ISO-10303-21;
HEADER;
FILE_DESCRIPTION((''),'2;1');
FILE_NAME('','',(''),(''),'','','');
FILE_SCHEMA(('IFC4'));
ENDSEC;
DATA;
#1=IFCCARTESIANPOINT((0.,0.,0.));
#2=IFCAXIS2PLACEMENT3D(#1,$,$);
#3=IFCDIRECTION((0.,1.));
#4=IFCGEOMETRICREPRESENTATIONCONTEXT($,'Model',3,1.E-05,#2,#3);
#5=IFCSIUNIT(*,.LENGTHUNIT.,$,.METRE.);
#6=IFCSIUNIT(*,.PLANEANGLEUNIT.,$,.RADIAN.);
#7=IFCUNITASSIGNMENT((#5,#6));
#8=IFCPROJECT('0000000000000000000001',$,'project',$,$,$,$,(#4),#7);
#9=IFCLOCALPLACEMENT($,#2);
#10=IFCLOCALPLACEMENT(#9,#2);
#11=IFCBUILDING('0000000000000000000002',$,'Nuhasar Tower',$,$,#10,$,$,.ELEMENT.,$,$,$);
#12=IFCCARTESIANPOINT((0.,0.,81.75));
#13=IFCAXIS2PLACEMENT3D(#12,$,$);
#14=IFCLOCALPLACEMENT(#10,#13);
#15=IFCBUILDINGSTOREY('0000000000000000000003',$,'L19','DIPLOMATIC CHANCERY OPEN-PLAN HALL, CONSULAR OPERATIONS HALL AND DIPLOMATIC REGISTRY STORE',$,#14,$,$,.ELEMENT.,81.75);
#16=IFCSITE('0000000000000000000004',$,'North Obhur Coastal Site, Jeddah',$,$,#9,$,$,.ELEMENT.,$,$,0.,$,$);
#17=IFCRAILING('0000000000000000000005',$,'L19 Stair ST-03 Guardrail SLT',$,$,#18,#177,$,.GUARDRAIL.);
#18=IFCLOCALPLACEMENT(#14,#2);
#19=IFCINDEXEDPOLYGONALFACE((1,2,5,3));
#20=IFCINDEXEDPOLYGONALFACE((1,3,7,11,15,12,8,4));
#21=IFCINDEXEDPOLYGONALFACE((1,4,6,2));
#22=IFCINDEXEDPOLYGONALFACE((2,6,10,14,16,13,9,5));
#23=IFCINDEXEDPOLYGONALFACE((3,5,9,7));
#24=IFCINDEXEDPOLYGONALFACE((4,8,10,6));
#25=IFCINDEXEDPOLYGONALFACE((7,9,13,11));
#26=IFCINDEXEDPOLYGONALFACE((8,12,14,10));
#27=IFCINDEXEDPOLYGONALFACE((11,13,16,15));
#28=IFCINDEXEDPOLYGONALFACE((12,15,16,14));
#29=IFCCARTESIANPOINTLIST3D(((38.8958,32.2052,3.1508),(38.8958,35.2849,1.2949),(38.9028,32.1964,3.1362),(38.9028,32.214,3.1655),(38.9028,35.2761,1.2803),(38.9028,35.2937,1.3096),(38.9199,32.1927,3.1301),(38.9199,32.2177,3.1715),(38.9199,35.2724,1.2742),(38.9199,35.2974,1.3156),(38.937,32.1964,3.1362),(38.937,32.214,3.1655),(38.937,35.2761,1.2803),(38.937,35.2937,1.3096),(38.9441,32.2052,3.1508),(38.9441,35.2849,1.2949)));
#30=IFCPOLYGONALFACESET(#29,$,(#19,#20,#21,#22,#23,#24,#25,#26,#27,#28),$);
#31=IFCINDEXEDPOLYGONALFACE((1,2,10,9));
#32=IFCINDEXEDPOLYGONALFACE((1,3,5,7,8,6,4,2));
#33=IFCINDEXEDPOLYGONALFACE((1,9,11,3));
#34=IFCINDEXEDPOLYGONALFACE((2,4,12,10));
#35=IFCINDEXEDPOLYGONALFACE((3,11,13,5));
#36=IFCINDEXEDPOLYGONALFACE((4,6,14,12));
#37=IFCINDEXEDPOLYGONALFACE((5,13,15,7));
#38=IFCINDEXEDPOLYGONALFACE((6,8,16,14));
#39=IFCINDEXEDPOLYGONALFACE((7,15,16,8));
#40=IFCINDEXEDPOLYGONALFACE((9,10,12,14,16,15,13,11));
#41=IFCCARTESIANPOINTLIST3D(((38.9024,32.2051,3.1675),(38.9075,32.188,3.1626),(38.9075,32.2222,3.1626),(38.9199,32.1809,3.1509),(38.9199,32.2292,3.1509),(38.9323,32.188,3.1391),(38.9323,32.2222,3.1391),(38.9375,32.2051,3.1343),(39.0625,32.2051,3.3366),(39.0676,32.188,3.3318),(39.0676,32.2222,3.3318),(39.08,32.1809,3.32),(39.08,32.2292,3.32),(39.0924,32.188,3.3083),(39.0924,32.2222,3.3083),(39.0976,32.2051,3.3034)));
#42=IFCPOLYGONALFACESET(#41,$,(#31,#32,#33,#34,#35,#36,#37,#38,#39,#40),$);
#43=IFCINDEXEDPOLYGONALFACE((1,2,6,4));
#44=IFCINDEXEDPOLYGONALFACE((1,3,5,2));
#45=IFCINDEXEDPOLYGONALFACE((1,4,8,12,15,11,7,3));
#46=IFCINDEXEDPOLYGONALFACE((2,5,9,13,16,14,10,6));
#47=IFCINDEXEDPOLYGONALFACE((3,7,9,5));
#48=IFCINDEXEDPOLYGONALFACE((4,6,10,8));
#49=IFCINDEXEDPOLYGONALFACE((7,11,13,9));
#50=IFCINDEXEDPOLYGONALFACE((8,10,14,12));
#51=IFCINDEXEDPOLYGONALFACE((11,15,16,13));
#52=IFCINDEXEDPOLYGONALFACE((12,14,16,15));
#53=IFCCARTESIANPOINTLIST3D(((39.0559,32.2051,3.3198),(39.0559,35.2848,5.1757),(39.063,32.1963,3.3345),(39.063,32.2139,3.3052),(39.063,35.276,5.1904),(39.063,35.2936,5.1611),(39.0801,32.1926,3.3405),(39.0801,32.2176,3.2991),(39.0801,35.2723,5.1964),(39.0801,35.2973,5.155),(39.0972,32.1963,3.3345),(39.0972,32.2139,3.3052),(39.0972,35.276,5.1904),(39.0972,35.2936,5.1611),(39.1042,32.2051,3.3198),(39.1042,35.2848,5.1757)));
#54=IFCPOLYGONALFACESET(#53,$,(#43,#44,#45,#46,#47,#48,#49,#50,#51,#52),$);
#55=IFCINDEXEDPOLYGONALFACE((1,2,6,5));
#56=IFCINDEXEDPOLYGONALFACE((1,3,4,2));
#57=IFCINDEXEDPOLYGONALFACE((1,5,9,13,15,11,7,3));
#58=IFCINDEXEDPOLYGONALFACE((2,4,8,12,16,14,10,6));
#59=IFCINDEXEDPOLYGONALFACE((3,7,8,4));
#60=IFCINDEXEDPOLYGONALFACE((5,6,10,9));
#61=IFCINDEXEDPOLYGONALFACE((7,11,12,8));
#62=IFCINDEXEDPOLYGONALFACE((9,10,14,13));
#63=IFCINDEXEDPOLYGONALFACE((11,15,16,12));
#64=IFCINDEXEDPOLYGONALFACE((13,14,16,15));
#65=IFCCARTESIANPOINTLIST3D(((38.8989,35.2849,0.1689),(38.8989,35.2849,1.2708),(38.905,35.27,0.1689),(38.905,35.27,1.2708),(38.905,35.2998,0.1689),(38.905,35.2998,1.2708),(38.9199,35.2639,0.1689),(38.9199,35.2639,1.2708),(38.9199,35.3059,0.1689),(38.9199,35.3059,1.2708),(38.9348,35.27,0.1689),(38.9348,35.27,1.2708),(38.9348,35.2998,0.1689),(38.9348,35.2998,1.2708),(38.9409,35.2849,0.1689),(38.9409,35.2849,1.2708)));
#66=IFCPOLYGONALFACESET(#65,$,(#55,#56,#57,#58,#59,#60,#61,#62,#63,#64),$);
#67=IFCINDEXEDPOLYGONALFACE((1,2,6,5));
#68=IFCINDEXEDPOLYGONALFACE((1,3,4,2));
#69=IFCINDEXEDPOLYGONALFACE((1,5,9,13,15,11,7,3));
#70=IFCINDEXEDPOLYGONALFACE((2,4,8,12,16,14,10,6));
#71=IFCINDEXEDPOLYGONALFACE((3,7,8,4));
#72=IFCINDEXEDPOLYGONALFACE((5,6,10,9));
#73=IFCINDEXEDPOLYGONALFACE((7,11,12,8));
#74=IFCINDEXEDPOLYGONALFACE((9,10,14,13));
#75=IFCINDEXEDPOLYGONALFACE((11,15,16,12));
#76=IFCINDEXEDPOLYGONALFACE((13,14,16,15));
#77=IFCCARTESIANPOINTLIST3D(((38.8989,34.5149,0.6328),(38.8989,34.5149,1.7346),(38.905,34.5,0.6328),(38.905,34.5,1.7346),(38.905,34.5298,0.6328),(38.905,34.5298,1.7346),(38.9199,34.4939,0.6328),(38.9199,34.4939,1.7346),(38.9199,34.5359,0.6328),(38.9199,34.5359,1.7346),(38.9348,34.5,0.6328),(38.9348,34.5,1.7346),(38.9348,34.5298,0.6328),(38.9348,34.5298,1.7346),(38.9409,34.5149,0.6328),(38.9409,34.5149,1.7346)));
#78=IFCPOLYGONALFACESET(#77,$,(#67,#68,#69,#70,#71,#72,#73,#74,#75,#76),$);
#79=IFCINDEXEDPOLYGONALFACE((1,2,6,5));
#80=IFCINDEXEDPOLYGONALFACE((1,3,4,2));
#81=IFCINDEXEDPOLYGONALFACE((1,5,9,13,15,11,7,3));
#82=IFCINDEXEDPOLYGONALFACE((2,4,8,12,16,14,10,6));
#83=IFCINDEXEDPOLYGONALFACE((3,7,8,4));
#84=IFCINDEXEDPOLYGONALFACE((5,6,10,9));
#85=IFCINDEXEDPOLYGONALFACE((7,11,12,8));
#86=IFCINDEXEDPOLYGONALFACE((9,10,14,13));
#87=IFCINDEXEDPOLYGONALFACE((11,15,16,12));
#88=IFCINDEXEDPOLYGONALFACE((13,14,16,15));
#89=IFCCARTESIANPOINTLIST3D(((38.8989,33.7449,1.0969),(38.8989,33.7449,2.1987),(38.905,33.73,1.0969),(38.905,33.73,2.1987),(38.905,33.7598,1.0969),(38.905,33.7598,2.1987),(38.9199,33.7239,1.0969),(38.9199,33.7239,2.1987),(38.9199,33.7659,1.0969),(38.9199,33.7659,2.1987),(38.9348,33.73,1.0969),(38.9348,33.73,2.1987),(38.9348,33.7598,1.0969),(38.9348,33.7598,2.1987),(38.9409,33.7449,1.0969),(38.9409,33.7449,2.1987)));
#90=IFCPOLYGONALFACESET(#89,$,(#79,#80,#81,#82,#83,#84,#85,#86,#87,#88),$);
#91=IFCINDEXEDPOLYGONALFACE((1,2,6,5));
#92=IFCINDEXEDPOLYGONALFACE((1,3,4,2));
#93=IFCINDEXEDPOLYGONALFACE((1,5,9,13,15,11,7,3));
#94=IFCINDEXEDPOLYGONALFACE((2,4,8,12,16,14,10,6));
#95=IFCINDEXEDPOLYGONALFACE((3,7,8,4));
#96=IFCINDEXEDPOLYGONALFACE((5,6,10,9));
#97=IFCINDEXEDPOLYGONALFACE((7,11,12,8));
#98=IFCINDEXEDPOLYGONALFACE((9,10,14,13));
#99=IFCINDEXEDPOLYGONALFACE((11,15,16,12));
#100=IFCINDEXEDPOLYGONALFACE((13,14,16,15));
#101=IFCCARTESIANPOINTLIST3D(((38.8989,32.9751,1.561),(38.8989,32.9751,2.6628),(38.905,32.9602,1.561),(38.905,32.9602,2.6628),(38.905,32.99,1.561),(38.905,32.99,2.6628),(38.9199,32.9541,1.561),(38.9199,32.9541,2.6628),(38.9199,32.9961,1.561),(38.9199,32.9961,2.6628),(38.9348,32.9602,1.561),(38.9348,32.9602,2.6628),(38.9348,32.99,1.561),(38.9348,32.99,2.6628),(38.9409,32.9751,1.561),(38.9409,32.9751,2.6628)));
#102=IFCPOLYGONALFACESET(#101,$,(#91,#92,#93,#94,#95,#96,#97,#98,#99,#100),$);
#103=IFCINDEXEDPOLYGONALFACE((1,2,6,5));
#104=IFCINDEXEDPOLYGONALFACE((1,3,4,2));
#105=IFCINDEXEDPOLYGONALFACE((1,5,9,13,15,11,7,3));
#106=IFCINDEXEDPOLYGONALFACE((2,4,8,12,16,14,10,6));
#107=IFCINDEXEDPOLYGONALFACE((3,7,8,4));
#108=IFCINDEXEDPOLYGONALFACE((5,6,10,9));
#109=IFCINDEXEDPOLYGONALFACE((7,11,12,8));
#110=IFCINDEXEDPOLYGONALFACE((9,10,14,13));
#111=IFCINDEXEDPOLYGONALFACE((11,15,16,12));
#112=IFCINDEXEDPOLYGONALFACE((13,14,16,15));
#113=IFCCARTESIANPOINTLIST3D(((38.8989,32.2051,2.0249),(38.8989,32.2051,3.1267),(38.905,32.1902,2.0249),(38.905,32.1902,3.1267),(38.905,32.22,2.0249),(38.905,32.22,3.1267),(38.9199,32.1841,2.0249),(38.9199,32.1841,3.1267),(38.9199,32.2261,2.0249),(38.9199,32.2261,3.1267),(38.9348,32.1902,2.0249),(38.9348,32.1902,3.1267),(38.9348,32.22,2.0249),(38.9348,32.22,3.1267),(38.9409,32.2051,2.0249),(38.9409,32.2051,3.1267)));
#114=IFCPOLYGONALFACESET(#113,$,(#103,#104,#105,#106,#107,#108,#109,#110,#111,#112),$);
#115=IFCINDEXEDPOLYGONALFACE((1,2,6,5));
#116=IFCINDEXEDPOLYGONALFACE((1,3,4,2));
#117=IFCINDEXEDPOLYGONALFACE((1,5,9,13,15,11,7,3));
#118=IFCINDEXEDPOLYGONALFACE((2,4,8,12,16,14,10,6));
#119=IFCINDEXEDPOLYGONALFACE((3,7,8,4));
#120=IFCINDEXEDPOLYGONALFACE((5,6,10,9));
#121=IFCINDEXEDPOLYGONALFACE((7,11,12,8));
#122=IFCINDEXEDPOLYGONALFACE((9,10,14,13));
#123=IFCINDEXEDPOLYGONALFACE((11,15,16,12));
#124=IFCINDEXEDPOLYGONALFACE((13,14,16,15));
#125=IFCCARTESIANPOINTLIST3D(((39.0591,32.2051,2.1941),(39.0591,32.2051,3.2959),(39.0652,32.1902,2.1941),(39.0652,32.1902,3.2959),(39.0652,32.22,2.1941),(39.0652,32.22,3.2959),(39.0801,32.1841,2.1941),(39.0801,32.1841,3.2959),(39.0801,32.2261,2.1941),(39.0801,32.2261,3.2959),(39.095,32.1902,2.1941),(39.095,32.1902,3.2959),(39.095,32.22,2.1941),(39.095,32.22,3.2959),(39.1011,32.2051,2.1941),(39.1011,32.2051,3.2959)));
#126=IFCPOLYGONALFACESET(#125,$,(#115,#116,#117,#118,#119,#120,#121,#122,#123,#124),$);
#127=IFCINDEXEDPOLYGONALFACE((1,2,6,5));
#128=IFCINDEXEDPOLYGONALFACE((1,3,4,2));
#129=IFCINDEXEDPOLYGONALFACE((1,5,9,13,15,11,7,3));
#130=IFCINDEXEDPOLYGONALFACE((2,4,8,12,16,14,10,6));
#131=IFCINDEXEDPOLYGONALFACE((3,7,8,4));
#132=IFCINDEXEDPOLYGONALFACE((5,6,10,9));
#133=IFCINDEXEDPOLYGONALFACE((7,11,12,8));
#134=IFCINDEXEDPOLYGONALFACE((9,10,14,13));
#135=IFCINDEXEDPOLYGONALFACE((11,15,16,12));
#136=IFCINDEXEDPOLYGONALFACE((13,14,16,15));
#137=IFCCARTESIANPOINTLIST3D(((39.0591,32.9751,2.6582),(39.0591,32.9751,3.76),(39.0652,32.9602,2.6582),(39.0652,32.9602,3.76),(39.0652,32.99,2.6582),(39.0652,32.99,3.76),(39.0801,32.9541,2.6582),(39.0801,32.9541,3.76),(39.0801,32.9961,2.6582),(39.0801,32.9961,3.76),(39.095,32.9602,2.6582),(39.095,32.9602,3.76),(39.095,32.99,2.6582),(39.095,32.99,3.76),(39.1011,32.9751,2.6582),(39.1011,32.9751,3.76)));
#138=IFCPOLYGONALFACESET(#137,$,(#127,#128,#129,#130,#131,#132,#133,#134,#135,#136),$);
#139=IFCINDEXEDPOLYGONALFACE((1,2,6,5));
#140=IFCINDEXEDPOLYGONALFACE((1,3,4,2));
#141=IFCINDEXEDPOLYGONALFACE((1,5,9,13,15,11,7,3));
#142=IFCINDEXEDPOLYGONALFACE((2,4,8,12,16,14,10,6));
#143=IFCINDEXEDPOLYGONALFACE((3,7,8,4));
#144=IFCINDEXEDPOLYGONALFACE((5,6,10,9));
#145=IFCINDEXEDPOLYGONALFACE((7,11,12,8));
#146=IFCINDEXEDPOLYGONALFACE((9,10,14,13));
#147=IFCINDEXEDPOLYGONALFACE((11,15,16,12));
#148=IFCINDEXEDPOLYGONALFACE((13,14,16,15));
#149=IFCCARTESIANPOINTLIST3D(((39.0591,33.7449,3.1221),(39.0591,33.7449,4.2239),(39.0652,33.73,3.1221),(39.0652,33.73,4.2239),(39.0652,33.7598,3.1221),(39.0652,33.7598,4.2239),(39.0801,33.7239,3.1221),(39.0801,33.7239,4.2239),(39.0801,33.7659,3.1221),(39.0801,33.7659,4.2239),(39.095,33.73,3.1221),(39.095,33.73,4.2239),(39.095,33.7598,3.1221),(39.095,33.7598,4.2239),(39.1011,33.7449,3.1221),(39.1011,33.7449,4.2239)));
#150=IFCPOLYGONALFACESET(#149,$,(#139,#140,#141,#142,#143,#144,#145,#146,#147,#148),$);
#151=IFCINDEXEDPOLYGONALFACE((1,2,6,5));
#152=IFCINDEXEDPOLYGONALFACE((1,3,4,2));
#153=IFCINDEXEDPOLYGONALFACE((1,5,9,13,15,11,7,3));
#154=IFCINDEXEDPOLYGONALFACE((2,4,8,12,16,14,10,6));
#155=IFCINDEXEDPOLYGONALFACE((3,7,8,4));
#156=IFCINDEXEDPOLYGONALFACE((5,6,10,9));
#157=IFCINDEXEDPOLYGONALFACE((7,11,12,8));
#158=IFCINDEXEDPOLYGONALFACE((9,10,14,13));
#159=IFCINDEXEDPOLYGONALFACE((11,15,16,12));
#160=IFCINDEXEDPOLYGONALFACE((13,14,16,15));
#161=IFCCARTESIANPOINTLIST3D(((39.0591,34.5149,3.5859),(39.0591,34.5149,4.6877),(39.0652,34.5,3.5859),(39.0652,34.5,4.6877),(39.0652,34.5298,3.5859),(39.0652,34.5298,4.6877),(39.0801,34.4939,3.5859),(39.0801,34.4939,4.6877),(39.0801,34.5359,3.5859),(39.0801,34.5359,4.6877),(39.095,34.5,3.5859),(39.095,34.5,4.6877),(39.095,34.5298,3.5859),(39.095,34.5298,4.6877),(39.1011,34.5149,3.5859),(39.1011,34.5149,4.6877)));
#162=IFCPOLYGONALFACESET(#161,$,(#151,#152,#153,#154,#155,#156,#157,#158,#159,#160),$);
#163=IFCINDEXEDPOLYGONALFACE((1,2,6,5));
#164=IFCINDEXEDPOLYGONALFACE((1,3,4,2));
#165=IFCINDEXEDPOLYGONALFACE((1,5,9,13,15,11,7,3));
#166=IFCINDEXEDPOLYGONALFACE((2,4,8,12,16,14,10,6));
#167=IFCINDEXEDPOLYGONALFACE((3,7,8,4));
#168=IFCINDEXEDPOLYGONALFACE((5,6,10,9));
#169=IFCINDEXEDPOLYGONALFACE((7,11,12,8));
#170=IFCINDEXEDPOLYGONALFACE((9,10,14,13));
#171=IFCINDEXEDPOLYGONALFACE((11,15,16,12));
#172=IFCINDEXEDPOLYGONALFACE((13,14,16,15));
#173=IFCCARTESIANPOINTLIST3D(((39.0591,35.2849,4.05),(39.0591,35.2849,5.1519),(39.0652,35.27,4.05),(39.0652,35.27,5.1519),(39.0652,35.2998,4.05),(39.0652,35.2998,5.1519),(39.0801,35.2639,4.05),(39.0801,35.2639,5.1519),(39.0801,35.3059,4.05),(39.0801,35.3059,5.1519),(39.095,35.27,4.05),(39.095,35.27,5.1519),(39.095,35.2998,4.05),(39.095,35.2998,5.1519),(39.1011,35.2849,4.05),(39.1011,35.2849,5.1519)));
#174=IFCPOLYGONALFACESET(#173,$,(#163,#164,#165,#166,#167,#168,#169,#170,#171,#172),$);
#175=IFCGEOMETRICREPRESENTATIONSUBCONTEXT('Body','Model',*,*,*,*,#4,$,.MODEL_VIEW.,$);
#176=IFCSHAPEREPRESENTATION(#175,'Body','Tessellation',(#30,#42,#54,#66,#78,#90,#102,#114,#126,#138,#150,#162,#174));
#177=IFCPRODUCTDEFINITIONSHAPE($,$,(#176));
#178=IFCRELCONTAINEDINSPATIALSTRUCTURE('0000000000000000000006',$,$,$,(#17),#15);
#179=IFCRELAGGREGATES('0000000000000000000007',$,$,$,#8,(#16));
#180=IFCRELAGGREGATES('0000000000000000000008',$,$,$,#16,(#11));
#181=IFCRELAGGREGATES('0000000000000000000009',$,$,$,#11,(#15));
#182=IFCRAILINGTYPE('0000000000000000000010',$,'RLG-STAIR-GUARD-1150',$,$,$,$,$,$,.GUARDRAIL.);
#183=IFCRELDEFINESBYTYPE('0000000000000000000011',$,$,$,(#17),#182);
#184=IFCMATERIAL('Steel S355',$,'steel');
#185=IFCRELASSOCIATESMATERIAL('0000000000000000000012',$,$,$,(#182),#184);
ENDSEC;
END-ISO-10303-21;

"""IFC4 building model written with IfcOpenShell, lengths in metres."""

from ifc_helpers import new_model, si_unit, direction, frame, origin, place, context, subcontext, project, spatial, polyline, outline, extrude, material, type_object, element, save


model = new_model("IFC4")

# Units and contexts
model_context = context("Model", 3, precision=1e-05, world=origin(), true_north=direction((0.0, 1.0)))
body_context = subcontext(model_context, "Body", "Model", "MODEL_VIEW")
ifc_project = project(units=[si_unit("LENGTHUNIT", "METRE"), si_unit("PLANEANGLEUNIT", "RADIAN")], contexts=[model_context])

# Site, building, storey
site_placement = place(None, origin())
site = spatial("IfcSite", under=ifc_project, at=site_placement, Name="North Obhur Coastal Site, Jeddah", CompositionType="ELEMENT", RefElevation=0.0)
building_placement = place(site_placement, origin())
building = spatial("IfcBuilding", under=site, at=building_placement, Name="Nuhasar Tower", CompositionType="ELEMENT")
storey_placement = place(building_placement, frame((0.0, 0.0, 81.75)))
storey = spatial("IfcBuildingStorey", under=building, at=storey_placement, Name="L19", Description="DIPLOMATIC CHANCERY OPEN-PLAN HALL, CONSULAR OPERATIONS HALL AND DIPLOMATIC REGISTRY STORE", CompositionType="ELEMENT", Elevation=81.75)

# Shared definitions
ifc_material_1 = material(Name="Steel S355", Category="steel")

# Railing
railing_type_1 = type_object("IfcRailingType", Name="RLG-STAIR-GUARD-1150", PredefinedType="GUARDRAIL", material=ifc_material_1)
railing_1_placement = place(storey_placement, frame((38.9199, 35.2849, 0.1689)))
element("IfcRailing", 1, at=railing_1_placement, inside=storey, type_object=railing_type_1, Name="L19 Stair ST-03 Guardrail SLT", PredefinedType="GUARDRAIL", context=body_context, shape_type="SweptSolid", body=[
    extrude(outline(polyline([(0.0242, 0.0), (0.0171, 0.0171), (0.0, 0.0242), (-0.0171, 0.0171), (-0.0242, 0.0), (-0.0171, -0.0171), (0.0, -0.0242), (0.0171, -0.0171), (0.0242, 0.0)])), frame((0.0, 0.0, 1.126), z_axis=(0.0, -0.856503, 0.516142), x_axis=(1.0, 0.0, 0.0)), (0.0, 0.0, 1.0), 3.5957),
    extrude(outline(polyline([(0.0242, 0.0), (0.0171, 0.0171), (0.0, 0.0242), (-0.0171, 0.0171), (-0.0242, 0.0), (-0.0171, -0.0171), (0.0, -0.0242), (0.0171, -0.0171), (0.0242, 0.0)])), frame((0.0, -3.0798, 2.9819), z_axis=(0.687454, 0.0, 0.726228), x_axis=(0.0, 1.0, 0.0)), (0.0, 0.0, 1.0), 0.2329),
    extrude(outline(polyline([(0.0242, 0.0), (0.0171, 0.0171), (0.0, 0.0242), (-0.0171, 0.0171), (-0.0242, 0.0), (-0.0171, -0.0171), (0.0, -0.0242), (0.0171, -0.0171), (0.0242, 0.0)])), frame((0.1602, -3.0798, 3.1509), z_axis=(0.0, 0.856503, 0.516142), x_axis=(-1.0, 0.0, 0.0)), (0.0, 0.0, 1.0), 3.5957),
    extrude(outline(polyline([(0.021, 0.0), (0.0149, 0.0149), (0.0, 0.021), (-0.0149, 0.0149), (-0.021, 0.0), (-0.0149, -0.0149), (0.0, -0.021), (0.0149, -0.0149), (0.021, 0.0)])), origin(), (0.0, 0.0, 1.0), 1.1018),
    extrude(outline(polyline([(0.021, 0.0), (0.0149, 0.0149), (0.0, 0.021), (-0.0149, 0.0149), (-0.021, 0.0), (-0.0149, -0.0149), (0.0, -0.021), (0.0149, -0.0149), (0.021, 0.0)])), frame((0.0, -0.77, 0.4639)), (0.0, 0.0, 1.0), 1.1018),
    extrude(outline(polyline([(0.021, 0.0), (0.0149, 0.0149), (0.0, 0.021), (-0.0149, 0.0149), (-0.021, 0.0), (-0.0149, -0.0149), (0.0, -0.021), (0.0149, -0.0149), (0.021, 0.0)])), frame((0.0, -1.54, 0.928)), (0.0, 0.0, 1.0), 1.1018),
    extrude(outline(polyline([(0.021, 0.0), (0.0149, 0.0149), (0.0, 0.021), (-0.0149, 0.0149), (-0.021, 0.0), (-0.0149, -0.0149), (0.0, -0.021), (0.0149, -0.0149), (0.021, 0.0)])), frame((0.0, -2.3098, 1.3921)), (0.0, 0.0, 1.0), 1.1018),
    extrude(outline(polyline([(0.021, 0.0), (0.0149, 0.0149), (0.0, 0.021), (-0.0149, 0.0149), (-0.021, 0.0), (-0.0149, -0.0149), (0.0, -0.021), (0.0149, -0.0149), (0.021, 0.0)])), frame((0.0, -3.0798, 1.856)), (0.0, 0.0, 1.0), 1.1018),
    extrude(outline(polyline([(0.021, 0.0), (0.0149, 0.0149), (0.0, 0.021), (-0.0149, 0.0149), (-0.021, 0.0), (-0.0149, -0.0149), (0.0, -0.021), (0.0149, -0.0149), (0.021, 0.0)])), frame((0.1602, -3.0798, 2.0251)), (0.0, 0.0, 1.0), 1.1018),
    extrude(outline(polyline([(0.021, 0.0), (0.0149, 0.0149), (0.0, 0.021), (-0.0149, 0.0149), (-0.021, 0.0), (-0.0149, -0.0149), (0.0, -0.021), (0.0149, -0.0149), (0.021, 0.0)])), frame((0.1602, -2.3098, 2.4893)), (0.0, 0.0, 1.0), 1.1018),
    extrude(outline(polyline([(0.021, 0.0), (0.0149, 0.0149), (0.0, 0.021), (-0.0149, 0.0149), (-0.021, 0.0), (-0.0149, -0.0149), (0.0, -0.021), (0.0149, -0.0149), (0.021, 0.0)])), frame((0.1602, -1.54, 2.9531)), (0.0, 0.0, 1.0), 1.1018),
    extrude(outline(polyline([(0.021, 0.0), (0.0149, 0.0149), (0.0, 0.021), (-0.0149, 0.0149), (-0.021, 0.0), (-0.0149, -0.0149), (0.0, -0.021), (0.0149, -0.0149), (0.021, 0.0)])), frame((0.1602, -0.77, 3.417)), (0.0, 0.0, 1.0), 1.1018),
    extrude(outline(polyline([(0.021, 0.0), (0.0149, 0.0149), (0.0, 0.021), (-0.0149, 0.0149), (-0.021, 0.0), (-0.0149, -0.0149), (0.0, -0.021), (0.0149, -0.0149), (0.021, 0.0)])), frame((0.1602, 0.0, 3.8811)), (0.0, 0.0, 1.0), 1.1018),
])

save(model, "model.ifc")
